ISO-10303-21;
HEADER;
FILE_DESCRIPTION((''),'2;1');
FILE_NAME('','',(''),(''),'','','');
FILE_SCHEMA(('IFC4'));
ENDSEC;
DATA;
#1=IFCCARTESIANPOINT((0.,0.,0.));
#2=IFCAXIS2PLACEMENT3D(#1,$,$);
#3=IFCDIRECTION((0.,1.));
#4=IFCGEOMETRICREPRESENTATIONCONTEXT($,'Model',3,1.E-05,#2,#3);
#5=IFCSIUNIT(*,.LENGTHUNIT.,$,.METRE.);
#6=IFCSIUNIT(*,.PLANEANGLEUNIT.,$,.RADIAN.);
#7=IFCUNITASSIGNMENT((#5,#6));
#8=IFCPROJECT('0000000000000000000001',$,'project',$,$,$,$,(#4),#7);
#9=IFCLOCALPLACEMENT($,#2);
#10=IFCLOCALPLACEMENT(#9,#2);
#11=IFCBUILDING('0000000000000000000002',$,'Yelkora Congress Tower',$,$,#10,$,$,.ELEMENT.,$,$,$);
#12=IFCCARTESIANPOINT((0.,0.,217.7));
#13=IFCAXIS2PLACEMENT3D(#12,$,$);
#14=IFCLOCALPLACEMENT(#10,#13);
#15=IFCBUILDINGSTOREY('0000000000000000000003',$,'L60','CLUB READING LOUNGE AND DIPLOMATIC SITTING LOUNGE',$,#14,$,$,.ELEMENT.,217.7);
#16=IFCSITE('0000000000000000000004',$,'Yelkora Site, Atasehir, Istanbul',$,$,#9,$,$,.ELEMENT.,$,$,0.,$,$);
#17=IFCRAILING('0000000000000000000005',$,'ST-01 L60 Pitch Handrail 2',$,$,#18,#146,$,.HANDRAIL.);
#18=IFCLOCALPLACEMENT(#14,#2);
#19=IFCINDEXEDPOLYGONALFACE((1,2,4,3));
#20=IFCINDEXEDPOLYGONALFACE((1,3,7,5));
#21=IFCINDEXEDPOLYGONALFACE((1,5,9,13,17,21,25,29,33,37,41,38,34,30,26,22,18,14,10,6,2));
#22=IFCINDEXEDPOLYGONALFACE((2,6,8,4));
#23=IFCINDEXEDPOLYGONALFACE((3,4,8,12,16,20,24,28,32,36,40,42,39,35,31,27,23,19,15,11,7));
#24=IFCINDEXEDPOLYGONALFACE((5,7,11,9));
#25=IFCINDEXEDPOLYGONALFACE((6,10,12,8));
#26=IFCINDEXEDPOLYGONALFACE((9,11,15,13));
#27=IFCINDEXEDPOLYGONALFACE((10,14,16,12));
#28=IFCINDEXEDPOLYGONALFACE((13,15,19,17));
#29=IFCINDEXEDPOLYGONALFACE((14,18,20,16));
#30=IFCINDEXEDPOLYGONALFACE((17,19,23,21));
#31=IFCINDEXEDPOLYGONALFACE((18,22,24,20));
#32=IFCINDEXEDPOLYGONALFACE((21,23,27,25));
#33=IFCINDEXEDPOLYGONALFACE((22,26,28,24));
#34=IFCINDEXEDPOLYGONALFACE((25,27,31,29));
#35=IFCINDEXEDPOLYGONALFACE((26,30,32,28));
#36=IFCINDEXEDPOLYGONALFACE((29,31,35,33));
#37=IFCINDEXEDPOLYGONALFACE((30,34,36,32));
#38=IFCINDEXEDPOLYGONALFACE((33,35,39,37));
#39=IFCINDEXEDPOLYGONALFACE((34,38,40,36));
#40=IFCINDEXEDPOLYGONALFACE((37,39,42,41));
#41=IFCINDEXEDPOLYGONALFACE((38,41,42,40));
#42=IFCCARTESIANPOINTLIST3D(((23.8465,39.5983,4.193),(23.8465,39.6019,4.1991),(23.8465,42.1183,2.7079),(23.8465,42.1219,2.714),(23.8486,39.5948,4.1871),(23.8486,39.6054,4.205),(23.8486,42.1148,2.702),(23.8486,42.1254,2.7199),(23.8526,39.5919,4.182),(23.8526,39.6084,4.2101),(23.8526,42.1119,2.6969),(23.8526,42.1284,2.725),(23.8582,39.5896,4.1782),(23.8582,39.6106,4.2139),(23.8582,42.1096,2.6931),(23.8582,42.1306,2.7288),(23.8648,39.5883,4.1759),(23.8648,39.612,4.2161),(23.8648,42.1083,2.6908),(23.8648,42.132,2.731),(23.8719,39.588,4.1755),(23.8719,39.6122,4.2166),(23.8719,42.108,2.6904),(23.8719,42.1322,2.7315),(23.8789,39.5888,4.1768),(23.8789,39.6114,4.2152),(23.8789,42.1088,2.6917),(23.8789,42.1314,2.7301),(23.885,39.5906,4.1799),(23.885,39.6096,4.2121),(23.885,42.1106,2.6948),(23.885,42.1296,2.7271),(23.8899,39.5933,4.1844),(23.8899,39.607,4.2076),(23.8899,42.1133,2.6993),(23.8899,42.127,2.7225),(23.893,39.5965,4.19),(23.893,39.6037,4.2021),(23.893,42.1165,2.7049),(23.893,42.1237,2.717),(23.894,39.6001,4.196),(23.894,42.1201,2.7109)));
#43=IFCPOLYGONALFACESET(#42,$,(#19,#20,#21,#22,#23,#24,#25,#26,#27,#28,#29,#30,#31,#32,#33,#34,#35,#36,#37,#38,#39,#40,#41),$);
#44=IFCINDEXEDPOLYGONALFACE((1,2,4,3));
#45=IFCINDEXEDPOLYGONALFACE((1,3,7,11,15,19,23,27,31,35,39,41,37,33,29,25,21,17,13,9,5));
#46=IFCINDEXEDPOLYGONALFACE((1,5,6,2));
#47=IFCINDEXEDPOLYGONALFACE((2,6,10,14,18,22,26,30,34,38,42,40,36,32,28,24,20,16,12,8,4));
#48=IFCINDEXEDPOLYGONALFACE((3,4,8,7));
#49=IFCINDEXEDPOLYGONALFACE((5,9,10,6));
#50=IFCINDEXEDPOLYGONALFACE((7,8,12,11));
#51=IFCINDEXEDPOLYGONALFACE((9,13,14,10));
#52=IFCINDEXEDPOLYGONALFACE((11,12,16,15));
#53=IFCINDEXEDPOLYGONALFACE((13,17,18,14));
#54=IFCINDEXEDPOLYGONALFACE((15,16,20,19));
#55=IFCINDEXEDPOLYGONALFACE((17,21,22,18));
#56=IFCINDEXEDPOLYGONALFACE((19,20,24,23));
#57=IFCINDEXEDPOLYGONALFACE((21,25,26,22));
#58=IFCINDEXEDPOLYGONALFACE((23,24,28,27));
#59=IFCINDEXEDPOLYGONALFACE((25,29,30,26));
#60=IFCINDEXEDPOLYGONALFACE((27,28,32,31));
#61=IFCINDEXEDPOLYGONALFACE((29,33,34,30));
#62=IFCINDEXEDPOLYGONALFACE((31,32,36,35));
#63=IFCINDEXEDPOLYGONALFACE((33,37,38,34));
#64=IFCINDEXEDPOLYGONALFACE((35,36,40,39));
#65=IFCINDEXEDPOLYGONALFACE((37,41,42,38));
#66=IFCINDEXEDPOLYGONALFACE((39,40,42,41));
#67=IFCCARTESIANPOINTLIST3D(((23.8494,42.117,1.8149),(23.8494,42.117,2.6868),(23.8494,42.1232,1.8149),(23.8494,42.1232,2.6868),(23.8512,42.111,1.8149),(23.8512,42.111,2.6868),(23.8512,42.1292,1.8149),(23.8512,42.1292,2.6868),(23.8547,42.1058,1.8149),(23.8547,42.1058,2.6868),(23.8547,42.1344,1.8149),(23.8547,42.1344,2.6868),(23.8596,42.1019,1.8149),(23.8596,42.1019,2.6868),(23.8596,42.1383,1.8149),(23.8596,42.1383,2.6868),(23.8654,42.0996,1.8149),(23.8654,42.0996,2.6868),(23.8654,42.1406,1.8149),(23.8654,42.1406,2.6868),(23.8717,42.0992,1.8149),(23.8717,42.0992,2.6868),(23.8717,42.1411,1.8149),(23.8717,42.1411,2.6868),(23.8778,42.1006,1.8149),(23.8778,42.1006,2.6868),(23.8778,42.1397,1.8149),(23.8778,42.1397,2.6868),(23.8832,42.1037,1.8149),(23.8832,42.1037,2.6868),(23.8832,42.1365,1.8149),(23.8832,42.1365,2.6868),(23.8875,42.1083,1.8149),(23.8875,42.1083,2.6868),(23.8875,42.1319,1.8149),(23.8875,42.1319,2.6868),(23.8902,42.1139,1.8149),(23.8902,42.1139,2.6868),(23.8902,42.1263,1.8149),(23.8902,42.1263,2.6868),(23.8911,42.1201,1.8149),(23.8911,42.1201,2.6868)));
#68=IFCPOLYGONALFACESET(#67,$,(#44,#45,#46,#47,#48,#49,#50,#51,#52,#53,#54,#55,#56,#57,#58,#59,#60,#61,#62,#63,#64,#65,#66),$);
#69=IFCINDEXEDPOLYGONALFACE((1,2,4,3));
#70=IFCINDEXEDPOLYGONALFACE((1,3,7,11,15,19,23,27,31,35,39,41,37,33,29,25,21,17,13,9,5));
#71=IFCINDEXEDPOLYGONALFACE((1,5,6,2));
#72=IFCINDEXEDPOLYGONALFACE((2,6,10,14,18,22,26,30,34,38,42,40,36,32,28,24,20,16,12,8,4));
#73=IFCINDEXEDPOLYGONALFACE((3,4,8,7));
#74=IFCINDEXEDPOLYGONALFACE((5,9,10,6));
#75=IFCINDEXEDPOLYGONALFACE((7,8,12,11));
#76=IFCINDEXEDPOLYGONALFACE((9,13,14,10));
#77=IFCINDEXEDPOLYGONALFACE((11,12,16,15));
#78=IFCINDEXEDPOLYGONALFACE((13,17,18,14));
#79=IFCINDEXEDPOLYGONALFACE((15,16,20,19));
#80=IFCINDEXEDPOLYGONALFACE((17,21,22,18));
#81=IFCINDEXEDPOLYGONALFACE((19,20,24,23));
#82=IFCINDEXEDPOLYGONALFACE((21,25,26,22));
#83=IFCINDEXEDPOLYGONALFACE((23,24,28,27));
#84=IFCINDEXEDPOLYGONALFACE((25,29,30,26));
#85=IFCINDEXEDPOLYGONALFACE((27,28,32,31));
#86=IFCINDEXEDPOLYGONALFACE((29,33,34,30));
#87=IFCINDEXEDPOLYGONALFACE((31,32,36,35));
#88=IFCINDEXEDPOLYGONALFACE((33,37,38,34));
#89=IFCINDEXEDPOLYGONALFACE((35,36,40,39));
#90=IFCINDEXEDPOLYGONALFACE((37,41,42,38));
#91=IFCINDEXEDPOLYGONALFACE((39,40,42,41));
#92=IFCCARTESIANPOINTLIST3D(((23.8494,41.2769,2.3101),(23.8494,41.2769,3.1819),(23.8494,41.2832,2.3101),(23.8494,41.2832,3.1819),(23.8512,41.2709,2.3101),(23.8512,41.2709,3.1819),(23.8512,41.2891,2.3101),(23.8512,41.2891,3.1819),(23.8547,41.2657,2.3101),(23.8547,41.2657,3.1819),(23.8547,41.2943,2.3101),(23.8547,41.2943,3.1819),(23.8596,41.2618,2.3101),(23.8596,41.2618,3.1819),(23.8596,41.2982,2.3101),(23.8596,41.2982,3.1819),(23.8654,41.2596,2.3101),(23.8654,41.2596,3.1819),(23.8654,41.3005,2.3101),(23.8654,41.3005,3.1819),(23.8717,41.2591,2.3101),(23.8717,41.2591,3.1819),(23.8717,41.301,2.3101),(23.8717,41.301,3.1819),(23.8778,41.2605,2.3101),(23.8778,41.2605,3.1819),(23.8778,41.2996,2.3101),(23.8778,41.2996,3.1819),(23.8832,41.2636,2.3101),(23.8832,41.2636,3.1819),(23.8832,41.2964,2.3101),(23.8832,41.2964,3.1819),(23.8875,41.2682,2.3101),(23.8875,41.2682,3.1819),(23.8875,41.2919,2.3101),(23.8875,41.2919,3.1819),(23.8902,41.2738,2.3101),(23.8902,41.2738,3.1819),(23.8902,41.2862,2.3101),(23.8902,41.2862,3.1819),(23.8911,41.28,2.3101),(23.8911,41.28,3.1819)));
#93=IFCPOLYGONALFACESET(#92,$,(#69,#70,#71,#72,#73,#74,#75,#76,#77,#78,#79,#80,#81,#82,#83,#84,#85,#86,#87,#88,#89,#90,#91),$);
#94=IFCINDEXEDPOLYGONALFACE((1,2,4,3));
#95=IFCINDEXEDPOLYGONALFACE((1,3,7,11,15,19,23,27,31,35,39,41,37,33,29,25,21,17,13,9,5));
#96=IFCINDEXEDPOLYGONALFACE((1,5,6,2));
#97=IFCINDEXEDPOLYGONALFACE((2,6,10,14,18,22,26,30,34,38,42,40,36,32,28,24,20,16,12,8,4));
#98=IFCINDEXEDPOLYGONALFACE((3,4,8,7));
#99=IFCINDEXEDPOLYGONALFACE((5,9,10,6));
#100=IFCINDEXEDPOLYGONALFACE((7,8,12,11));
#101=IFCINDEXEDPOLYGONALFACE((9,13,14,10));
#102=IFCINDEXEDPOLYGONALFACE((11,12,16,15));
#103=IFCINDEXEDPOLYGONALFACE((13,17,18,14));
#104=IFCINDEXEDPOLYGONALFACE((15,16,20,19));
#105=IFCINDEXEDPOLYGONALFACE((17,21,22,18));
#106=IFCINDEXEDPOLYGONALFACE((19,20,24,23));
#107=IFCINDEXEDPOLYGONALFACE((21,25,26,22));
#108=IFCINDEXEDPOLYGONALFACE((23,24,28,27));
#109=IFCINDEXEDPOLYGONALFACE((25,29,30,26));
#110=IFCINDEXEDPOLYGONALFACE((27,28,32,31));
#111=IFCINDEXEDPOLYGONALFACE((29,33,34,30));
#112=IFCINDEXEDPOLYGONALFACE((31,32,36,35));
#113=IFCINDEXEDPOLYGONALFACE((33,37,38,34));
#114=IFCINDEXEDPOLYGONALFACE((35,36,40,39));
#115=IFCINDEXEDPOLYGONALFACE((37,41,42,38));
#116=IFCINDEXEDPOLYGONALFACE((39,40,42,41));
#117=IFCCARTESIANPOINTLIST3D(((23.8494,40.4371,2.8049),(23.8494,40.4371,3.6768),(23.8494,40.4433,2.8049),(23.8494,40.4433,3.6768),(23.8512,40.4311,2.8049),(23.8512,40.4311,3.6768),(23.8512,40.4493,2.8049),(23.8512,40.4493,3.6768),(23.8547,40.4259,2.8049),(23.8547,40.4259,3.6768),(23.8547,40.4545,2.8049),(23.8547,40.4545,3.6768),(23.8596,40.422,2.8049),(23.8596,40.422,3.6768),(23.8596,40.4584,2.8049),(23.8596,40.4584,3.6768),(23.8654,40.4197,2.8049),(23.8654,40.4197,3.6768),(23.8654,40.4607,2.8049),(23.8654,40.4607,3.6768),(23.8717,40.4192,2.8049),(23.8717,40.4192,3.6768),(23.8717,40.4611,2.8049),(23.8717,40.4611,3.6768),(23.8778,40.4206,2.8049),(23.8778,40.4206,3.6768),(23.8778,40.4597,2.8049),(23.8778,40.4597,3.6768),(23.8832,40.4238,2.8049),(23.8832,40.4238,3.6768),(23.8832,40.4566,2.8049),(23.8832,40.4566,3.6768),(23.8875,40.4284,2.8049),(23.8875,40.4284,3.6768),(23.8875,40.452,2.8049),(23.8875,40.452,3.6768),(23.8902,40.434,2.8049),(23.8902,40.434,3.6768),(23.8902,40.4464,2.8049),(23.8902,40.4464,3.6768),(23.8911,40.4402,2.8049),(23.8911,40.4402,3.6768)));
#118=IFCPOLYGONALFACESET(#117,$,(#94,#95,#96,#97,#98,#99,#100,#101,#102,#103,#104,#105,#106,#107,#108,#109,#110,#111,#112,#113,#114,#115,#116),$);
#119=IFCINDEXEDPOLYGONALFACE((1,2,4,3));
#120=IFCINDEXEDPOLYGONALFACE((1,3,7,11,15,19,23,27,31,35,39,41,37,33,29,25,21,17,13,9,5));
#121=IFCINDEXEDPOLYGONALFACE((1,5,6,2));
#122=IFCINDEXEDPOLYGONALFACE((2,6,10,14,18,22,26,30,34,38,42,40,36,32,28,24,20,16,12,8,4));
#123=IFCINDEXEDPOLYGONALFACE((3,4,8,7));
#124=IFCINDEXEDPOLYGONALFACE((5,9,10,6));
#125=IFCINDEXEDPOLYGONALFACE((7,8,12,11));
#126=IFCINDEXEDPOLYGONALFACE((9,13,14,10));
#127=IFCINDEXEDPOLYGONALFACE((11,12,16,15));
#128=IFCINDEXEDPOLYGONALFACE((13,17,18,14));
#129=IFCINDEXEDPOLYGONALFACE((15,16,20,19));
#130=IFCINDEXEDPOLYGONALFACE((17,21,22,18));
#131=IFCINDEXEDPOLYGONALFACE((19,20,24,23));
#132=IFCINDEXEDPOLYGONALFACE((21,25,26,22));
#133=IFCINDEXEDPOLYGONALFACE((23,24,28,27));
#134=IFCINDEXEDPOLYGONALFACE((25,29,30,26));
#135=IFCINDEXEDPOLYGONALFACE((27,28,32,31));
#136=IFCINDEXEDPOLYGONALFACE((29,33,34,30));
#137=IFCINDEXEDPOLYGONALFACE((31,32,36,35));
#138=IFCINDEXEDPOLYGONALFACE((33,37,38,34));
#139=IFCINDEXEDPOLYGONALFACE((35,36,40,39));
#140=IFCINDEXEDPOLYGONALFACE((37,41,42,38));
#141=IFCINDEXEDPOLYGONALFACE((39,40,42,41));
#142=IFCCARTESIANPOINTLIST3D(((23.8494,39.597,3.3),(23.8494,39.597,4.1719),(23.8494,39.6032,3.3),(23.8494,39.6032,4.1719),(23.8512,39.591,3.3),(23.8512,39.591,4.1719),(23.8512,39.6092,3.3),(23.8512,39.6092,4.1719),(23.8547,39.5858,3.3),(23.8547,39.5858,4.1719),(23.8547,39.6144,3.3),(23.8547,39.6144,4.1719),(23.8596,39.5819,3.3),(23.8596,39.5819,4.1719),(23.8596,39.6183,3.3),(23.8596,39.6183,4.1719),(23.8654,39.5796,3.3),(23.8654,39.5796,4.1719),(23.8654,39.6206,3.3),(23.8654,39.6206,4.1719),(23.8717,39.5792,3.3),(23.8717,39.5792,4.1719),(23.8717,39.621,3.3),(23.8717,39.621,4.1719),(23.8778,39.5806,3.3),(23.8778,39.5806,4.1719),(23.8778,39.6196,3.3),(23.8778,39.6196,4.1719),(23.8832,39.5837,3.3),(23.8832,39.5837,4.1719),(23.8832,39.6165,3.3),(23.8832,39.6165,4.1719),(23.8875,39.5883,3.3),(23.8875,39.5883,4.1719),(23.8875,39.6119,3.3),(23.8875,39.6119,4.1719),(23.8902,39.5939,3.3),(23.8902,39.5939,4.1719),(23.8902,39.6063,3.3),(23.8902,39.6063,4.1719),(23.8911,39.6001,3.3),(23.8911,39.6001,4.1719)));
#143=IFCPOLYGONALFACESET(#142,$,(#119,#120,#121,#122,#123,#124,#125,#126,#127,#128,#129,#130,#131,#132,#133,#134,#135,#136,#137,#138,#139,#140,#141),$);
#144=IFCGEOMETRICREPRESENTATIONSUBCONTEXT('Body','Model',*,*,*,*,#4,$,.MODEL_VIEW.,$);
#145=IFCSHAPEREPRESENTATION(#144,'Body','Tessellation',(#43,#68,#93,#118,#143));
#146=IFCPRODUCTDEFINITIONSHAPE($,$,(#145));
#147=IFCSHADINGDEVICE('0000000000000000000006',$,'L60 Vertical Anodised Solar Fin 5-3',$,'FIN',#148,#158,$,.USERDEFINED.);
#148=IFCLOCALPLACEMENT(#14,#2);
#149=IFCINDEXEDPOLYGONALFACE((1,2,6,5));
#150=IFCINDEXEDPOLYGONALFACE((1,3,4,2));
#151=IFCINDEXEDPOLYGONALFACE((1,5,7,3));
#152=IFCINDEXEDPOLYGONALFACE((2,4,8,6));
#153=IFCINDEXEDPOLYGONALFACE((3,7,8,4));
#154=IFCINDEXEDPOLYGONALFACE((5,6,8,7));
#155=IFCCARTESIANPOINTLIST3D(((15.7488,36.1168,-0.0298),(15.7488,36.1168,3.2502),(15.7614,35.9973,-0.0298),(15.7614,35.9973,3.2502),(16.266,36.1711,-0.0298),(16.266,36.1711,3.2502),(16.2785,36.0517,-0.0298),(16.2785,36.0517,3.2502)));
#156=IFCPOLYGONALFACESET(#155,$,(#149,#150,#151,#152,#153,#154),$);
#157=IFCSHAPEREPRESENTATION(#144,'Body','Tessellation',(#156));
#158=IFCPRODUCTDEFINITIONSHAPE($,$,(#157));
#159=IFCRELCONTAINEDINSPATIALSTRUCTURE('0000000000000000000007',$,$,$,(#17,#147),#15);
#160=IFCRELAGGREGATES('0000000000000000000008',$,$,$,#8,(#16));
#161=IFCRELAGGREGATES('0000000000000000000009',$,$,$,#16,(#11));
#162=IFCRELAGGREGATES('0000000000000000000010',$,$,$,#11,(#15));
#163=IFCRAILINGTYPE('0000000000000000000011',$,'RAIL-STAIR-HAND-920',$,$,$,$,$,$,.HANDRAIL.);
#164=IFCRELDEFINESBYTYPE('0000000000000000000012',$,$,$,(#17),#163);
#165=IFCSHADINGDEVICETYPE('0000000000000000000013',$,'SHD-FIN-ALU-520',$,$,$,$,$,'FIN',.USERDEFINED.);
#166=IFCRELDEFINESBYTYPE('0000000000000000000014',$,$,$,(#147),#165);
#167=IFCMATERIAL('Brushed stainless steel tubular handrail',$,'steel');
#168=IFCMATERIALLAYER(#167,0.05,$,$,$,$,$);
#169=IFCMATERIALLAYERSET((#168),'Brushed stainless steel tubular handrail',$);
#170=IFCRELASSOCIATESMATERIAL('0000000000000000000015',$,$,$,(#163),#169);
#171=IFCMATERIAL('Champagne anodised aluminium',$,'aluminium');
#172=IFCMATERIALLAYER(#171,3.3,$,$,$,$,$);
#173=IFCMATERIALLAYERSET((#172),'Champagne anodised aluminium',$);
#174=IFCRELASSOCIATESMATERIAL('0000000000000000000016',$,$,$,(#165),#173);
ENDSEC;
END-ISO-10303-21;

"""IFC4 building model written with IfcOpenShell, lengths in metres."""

from ifc_helpers import new_model, si_unit, direction, frame, origin, origin_2d, place, context, subcontext, project, spatial, rectangle, circle, extrude, material, layer, layer_set, type_object, element, save


model = new_model("IFC4")

# Units and contexts
model_context = context("Model", 3, precision=1e-05, world=origin(), true_north=direction((0.0, 1.0)))
body_context = subcontext(model_context, "Body", "Model", "MODEL_VIEW")
ifc_project = project(units=[si_unit("LENGTHUNIT", "METRE"), si_unit("PLANEANGLEUNIT", "RADIAN")], contexts=[model_context])

# Site, building, storey
site_placement = place(None, origin())
site = spatial("IfcSite", under=ifc_project, at=site_placement, Name="Yelkora Site, Atasehir, Istanbul", CompositionType="ELEMENT", RefElevation=0.0)
building_placement = place(site_placement, origin())
building = spatial("IfcBuilding", under=site, at=building_placement, Name="Yelkora Congress Tower", CompositionType="ELEMENT")
storey_placement = place(building_placement, frame((0.0, 0.0, 217.7)))
storey = spatial("IfcBuildingStorey", under=building, at=storey_placement, Name="L60", Description="CLUB READING LOUNGE AND DIPLOMATIC SITTING LOUNGE", CompositionType="ELEMENT", Elevation=217.7)

# Railing
ifc_material_1 = material(Name="Brushed stainless steel tubular handrail", Category="steel")
ifc_layer_1 = layer(ifc_material_1, 0.05)
ifc_layer_set_1 = layer_set([ifc_layer_1], Name="Brushed stainless steel tubular handrail")
railing_type_1 = type_object("IfcRailingType", Name="RAIL-STAIR-HAND-920", PredefinedType="HANDRAIL", material=ifc_layer_set_1)
railing_1_placement = place(storey_placement, frame((23.8701, 42.1201, 1.8149)))
element("IfcRailing", 1, at=railing_1_placement, inside=storey, type_object=railing_type_1, Name="ST-01 L60 Pitch Handrail 2", PredefinedType="HANDRAIL", context=body_context, shape_type="SweptSolid", body=[
    extrude(circle(Radius=0.0239, at=origin_2d()), frame((0.0, 0.0, 0.896), z_axis=(0.0, -0.861524, 0.507717), x_axis=(1.0, 0.0, 0.0)), (0.0, 0.0, 1.0), 2.925),
    extrude(circle(Radius=0.021, at=origin_2d()), origin(), (0.0, 0.0, 1.0), 0.8718),
    extrude(circle(Radius=0.021, at=origin_2d()), frame((0.0, -0.8401, 0.4951)), (0.0, 0.0, 1.0), 0.8718),
    extrude(circle(Radius=0.021, at=origin_2d()), frame((0.0, -1.6799, 0.99)), (0.0, 0.0, 1.0), 0.8718),
    extrude(circle(Radius=0.021, at=origin_2d()), frame((0.0, -2.52, 1.4851)), (0.0, 0.0, 1.0), 0.8718),
])

# Shading device
ifc_material_2 = material(Name="Champagne anodised aluminium", Category="aluminium")
ifc_layer_2 = layer(ifc_material_2, 3.3)
ifc_layer_set_2 = layer_set([ifc_layer_2], Name="Champagne anodised aluminium")
shading_device_type = type_object("IfcShadingDeviceType", Name="SHD-FIN-ALU-520", ElementType="FIN", PredefinedType="USERDEFINED", material=ifc_layer_set_2)
shading_device_placement = place(storey_placement, frame((16.0137, 36.0842, -0.0298), z_axis=(0.0, 0.0, 1.0), x_axis=(-0.104528, 0.994522, 0.0)))
element("IfcShadingDevice", 2, at=shading_device_placement, inside=storey, type_object=shading_device_type, Name="L60 Vertical Anodised Solar Fin 5-3", ObjectType="FIN", PredefinedType="USERDEFINED", context=body_context, shape_type="SweptSolid", body=[
    extrude(rectangle(XDim=0.1201, YDim=0.52, at=origin_2d()), origin(), (0.0, 0.0, 1.0), 3.28),
])

save(model, "model.ifc")
